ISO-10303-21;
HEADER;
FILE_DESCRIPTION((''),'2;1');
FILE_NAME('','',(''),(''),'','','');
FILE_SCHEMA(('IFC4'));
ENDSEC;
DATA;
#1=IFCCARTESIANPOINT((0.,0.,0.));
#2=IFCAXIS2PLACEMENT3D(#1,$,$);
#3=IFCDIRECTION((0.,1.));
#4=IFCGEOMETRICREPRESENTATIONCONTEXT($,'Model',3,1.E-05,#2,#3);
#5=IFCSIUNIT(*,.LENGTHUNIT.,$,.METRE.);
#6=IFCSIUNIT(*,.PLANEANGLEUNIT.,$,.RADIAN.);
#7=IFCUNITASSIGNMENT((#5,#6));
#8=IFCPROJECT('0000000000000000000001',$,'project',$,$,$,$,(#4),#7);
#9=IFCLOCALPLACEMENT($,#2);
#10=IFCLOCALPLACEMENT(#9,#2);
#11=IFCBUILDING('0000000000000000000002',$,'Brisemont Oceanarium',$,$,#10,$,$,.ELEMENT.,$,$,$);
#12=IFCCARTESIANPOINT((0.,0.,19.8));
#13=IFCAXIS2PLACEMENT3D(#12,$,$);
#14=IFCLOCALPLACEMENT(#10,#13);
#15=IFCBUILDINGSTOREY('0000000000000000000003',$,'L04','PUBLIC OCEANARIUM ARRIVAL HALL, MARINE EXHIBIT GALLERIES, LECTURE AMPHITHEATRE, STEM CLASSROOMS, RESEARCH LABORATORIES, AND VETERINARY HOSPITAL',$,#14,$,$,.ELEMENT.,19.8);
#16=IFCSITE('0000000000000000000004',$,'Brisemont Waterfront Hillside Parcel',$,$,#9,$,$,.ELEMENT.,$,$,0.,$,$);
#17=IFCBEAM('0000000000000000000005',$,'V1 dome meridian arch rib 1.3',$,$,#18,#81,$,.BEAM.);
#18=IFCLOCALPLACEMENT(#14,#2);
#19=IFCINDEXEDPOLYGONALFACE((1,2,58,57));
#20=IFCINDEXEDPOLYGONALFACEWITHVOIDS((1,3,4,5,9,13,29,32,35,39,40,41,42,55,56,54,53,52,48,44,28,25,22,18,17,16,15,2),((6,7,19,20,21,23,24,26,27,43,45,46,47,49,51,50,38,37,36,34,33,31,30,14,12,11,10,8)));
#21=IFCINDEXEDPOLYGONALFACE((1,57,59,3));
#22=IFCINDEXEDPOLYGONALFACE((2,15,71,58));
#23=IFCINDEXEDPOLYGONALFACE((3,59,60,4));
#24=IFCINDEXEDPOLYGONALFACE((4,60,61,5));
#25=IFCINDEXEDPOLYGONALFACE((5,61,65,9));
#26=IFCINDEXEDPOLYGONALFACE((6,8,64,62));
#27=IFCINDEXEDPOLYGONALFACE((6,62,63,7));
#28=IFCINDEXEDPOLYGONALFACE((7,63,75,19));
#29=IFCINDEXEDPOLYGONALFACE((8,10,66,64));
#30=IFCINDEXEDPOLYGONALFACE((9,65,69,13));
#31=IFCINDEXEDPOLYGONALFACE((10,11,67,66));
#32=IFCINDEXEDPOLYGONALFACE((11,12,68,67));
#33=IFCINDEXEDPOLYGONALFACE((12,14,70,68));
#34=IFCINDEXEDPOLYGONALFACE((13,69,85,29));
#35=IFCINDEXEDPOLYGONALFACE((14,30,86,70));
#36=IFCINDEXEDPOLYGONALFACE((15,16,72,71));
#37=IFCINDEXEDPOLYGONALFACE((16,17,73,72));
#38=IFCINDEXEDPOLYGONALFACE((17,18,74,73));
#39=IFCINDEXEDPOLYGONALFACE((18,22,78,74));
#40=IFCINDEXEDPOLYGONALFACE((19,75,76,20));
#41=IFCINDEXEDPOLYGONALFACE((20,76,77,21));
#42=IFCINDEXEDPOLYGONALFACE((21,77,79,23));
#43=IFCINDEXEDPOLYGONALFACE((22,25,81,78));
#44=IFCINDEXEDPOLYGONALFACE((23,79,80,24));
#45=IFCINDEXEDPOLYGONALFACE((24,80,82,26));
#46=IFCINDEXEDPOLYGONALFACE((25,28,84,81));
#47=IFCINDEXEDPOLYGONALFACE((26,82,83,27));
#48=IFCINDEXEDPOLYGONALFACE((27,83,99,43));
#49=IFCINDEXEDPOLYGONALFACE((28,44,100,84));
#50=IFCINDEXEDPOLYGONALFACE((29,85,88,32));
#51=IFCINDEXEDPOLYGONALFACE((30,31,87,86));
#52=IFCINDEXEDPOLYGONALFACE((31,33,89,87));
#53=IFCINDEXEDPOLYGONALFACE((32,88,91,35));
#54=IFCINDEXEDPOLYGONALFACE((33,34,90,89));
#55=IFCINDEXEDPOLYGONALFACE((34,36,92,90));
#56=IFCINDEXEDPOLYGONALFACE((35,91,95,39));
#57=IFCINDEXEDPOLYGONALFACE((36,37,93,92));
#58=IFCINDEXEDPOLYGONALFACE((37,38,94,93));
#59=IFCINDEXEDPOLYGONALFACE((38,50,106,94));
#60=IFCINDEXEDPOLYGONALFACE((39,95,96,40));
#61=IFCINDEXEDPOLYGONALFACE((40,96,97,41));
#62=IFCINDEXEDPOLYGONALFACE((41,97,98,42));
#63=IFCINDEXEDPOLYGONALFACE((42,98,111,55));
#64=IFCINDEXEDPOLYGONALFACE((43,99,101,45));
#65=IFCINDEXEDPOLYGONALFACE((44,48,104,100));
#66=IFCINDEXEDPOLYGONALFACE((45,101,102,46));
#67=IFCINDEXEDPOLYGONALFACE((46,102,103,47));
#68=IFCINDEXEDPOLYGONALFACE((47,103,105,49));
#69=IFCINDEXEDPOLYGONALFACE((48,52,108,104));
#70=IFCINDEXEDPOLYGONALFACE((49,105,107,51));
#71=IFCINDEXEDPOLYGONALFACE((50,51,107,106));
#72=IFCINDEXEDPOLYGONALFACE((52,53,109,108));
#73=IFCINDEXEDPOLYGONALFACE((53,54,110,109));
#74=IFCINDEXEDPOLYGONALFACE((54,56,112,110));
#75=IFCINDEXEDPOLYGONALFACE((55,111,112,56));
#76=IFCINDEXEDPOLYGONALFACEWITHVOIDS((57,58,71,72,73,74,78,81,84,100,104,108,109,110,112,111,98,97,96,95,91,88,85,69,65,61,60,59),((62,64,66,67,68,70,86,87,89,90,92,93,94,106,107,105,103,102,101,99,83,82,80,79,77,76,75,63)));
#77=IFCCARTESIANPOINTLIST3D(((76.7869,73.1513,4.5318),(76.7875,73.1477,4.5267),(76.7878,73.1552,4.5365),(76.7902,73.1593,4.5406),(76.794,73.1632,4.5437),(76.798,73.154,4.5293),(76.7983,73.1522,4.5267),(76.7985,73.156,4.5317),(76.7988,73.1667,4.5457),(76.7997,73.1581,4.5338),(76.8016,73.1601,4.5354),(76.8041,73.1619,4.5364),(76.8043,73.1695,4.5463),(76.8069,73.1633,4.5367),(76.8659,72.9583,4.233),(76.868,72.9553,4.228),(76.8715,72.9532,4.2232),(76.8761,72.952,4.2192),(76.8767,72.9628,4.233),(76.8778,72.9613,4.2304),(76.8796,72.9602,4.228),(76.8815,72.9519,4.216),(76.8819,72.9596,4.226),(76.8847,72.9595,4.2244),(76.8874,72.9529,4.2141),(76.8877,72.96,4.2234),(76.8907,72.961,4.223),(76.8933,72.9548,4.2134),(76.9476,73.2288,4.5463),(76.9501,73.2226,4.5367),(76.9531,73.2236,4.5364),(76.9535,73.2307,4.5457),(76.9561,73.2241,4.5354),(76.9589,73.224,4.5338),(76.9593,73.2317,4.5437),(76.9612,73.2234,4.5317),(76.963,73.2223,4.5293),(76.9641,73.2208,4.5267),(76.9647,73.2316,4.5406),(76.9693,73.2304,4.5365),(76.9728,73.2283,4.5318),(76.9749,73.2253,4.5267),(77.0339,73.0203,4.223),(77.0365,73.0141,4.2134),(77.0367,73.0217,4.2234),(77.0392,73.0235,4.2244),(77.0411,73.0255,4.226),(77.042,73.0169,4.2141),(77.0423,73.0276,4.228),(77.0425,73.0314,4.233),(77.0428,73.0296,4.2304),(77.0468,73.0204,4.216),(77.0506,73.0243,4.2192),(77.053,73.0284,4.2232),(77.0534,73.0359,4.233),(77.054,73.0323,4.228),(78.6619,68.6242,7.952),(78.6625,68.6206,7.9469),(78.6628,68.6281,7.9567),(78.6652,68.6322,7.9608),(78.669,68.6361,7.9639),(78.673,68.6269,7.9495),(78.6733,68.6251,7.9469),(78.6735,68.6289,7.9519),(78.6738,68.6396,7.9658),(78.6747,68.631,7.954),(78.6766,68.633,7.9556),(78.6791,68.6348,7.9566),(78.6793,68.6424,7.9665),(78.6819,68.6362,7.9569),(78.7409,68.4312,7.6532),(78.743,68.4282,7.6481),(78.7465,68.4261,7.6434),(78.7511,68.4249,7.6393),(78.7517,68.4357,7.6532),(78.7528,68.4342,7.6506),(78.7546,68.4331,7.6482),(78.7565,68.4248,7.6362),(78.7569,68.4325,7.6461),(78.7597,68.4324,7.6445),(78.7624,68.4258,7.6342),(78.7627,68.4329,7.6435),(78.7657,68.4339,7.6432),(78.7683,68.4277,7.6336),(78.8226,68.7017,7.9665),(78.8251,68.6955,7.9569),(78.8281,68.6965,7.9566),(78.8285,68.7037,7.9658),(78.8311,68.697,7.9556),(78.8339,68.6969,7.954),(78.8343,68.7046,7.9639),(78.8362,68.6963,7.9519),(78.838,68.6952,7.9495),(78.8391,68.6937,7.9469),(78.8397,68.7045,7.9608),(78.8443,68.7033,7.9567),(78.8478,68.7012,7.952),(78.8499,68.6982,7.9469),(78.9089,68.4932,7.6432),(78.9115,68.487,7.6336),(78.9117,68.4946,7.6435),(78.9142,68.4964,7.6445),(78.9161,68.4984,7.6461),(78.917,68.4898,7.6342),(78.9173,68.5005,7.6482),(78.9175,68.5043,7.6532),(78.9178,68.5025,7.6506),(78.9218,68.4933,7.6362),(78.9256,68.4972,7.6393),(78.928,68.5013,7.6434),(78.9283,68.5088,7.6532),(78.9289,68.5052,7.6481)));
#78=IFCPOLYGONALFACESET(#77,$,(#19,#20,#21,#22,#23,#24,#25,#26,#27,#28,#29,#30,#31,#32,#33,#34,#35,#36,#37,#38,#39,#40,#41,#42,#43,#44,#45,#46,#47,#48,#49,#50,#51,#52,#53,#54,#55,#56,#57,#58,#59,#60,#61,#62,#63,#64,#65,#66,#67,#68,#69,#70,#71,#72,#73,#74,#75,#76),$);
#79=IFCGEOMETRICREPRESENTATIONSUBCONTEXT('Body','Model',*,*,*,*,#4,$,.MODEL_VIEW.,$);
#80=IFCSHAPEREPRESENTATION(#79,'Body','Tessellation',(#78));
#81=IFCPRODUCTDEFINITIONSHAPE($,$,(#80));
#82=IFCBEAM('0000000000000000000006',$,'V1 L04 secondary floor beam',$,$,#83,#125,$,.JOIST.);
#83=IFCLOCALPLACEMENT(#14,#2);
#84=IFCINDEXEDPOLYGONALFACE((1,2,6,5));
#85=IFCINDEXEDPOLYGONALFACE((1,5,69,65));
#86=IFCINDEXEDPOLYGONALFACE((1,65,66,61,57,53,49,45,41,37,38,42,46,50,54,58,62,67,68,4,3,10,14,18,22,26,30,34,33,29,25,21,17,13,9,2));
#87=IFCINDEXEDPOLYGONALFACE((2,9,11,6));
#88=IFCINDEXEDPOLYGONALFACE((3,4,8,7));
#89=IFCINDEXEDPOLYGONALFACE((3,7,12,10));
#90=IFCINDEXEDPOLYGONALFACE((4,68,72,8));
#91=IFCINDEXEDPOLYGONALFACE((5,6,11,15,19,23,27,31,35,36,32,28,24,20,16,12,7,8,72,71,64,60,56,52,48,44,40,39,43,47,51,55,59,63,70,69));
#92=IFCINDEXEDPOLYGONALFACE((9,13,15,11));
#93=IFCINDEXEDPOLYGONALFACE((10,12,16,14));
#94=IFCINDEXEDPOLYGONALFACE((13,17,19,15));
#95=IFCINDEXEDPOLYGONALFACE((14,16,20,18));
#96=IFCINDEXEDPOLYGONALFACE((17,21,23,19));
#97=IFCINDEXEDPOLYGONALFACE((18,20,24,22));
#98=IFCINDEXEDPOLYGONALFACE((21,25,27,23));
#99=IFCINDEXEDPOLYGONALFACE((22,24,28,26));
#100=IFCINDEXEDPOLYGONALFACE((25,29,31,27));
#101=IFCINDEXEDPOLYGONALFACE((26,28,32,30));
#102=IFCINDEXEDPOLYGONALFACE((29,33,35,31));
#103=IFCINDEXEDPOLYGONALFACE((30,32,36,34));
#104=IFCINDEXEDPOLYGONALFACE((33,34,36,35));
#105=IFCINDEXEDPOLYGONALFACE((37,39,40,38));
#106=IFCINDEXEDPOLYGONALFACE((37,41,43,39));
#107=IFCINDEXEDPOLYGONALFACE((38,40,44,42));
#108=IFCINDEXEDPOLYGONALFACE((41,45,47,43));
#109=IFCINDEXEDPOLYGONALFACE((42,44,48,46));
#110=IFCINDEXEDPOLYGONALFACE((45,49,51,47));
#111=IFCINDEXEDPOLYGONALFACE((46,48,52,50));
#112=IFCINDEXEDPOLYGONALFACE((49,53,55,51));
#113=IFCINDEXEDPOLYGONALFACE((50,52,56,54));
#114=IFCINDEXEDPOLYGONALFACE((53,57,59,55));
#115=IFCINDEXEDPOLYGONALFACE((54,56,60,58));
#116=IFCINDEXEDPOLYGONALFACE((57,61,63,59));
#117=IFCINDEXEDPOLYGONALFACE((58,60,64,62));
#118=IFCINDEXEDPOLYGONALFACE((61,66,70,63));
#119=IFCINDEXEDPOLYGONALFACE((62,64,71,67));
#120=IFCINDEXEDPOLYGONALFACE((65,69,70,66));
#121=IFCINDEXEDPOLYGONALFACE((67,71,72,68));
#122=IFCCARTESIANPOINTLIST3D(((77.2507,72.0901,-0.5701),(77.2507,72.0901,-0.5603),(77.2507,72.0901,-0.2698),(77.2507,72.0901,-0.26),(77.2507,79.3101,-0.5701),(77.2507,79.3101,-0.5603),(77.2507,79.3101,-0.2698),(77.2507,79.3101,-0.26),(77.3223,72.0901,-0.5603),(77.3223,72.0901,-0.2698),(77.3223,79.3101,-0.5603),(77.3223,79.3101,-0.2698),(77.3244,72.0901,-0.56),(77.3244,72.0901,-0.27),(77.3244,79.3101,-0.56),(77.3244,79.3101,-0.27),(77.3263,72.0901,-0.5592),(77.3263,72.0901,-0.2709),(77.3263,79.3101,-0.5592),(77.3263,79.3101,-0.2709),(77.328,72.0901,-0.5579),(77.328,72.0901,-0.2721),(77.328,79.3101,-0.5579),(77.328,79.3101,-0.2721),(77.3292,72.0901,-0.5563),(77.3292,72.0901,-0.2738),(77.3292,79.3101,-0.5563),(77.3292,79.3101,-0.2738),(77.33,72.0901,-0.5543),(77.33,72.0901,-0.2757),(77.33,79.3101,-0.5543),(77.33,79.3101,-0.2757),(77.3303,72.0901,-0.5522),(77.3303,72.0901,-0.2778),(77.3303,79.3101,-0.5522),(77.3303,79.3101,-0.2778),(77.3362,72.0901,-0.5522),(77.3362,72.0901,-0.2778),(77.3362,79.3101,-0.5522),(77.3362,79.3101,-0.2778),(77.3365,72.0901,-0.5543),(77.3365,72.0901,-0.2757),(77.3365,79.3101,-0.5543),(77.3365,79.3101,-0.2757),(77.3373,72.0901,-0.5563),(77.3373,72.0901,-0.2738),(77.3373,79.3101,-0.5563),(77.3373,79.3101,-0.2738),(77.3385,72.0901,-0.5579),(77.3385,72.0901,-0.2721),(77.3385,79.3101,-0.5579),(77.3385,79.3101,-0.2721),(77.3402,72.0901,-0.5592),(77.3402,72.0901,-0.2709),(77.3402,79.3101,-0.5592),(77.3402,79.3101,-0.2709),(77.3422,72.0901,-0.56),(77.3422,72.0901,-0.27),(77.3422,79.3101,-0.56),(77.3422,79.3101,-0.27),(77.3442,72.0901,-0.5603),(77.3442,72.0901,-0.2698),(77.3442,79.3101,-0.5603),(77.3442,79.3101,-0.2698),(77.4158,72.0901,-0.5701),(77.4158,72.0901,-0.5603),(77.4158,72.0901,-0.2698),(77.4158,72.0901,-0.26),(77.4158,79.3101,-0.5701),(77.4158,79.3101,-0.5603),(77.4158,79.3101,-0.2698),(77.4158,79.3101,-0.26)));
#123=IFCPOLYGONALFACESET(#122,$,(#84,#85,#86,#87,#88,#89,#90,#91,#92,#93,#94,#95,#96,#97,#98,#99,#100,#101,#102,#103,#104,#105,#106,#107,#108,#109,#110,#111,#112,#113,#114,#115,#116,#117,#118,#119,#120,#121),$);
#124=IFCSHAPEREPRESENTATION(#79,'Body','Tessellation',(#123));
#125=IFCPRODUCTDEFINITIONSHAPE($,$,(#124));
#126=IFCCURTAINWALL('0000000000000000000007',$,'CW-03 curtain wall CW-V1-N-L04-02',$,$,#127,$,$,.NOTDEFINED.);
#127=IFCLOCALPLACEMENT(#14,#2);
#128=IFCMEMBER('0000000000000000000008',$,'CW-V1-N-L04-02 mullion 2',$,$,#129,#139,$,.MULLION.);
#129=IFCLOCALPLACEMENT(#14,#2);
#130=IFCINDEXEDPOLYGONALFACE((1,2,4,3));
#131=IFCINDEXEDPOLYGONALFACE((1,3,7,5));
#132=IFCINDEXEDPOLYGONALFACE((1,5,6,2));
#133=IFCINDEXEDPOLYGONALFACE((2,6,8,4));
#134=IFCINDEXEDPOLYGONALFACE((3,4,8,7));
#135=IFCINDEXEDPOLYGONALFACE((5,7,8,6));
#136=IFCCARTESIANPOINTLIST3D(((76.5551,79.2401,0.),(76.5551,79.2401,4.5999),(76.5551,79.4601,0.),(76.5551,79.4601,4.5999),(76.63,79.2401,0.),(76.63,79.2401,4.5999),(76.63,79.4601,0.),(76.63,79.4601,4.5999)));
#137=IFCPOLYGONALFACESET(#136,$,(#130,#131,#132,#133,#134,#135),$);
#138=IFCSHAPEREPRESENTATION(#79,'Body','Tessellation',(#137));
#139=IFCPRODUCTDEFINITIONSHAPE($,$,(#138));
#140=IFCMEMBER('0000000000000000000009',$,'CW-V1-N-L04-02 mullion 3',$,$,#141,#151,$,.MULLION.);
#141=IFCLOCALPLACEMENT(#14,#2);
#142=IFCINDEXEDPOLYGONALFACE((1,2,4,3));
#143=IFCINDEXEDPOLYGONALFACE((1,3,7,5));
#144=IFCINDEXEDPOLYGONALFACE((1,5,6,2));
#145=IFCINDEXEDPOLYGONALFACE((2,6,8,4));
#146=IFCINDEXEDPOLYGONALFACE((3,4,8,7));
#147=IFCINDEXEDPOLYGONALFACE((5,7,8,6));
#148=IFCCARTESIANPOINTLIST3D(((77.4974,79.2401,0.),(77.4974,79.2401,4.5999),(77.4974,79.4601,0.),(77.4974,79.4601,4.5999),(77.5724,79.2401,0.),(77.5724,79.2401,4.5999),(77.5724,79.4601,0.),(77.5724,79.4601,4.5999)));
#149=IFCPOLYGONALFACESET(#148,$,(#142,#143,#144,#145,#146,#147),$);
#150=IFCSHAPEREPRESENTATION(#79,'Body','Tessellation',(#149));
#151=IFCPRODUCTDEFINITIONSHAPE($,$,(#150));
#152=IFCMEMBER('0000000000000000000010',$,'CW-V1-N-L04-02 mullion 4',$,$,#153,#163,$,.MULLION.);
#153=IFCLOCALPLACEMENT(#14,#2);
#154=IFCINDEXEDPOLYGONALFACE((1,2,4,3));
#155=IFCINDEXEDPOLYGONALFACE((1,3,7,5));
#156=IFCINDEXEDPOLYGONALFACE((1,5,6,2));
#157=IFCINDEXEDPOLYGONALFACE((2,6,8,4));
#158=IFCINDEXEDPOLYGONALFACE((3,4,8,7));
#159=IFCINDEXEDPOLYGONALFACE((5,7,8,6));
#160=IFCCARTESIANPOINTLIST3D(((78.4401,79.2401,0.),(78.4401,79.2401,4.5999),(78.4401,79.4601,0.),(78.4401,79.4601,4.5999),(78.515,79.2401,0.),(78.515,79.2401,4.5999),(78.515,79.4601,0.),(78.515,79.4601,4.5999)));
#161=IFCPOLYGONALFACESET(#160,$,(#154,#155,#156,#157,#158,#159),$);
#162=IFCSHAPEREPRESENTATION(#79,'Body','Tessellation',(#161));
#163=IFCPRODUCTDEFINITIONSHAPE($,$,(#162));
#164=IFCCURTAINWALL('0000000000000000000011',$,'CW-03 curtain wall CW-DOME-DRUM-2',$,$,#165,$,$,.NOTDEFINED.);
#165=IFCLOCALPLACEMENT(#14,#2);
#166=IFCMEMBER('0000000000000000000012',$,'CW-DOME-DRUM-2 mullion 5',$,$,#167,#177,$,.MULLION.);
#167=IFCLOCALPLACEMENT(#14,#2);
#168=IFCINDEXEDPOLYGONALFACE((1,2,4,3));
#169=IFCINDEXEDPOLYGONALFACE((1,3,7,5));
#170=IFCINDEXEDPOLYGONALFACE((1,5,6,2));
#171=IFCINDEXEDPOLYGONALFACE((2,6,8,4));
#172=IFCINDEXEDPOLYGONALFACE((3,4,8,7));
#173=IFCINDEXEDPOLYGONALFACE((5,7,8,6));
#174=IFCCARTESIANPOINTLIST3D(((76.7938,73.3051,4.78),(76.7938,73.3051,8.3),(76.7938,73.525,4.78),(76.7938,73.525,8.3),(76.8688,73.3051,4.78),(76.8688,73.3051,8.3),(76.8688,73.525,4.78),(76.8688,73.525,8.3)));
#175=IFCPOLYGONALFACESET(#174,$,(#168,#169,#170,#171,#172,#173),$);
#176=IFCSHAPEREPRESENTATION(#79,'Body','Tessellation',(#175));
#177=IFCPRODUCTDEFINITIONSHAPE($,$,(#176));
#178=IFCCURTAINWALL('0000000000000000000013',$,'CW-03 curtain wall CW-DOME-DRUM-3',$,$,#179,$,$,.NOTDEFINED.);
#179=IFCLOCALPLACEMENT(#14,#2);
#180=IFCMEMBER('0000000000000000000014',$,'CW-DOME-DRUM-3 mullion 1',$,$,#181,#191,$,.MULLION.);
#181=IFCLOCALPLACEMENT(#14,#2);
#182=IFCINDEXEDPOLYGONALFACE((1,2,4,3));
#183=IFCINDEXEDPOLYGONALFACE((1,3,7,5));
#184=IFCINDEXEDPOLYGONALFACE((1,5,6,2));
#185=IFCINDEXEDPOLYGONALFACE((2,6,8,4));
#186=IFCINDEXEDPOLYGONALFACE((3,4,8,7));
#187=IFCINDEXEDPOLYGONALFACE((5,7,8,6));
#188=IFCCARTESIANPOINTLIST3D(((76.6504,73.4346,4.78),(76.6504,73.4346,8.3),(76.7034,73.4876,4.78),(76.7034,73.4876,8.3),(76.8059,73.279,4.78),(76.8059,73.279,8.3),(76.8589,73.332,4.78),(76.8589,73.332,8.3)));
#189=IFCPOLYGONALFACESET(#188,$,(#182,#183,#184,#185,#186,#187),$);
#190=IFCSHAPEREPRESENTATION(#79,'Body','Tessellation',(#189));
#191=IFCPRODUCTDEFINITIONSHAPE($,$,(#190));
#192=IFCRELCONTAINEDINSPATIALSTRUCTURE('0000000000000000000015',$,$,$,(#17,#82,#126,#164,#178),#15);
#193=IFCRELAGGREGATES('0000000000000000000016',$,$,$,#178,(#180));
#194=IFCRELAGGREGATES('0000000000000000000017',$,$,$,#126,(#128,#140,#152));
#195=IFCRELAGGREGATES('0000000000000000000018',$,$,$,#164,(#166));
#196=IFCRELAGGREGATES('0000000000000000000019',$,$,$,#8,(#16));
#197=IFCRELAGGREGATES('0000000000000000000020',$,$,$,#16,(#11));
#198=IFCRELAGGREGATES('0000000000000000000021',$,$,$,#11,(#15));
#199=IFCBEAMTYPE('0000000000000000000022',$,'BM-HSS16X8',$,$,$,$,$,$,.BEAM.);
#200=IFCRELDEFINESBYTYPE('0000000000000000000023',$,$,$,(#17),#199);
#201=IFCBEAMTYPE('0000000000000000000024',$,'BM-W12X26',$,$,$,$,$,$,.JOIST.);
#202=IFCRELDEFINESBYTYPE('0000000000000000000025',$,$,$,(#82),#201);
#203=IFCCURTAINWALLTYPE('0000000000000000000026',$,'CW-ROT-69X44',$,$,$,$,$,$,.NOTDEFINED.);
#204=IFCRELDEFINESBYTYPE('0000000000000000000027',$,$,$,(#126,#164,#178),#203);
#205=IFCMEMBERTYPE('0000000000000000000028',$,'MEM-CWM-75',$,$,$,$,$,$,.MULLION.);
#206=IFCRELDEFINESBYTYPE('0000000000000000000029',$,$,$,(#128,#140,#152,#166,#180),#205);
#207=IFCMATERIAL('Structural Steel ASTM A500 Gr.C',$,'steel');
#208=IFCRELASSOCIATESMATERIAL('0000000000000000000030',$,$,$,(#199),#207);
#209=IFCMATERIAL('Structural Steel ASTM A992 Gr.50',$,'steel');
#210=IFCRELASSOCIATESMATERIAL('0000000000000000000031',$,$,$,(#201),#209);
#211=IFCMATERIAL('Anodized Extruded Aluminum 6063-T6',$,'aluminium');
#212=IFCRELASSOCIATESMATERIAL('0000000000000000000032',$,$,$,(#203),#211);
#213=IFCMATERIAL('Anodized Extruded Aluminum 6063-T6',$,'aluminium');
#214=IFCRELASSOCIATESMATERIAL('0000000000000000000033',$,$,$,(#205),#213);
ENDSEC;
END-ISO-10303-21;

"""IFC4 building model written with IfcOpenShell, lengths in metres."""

from ifc_helpers import new_model, si_unit, direction, frame, origin, origin_2d, place, context, subcontext, project, spatial, rectangle, hollow_rectangle, i_section, extrude, material, material_profile, profile_set, type_object, element, aggregate, save


model = new_model("IFC4")

# Units and contexts
model_context = context("Model", 3, precision=1e-05, world=origin(), true_north=direction((0.0, 1.0)))
body_context = subcontext(model_context, "Body", "Model", "MODEL_VIEW")
ifc_project = project(units=[si_unit("LENGTHUNIT", "METRE"), si_unit("PLANEANGLEUNIT", "RADIAN")], contexts=[model_context])

# Site, building, storey
site_placement = place(None, origin())
site = spatial("IfcSite", under=ifc_project, at=site_placement, Name="Brisemont Waterfront Hillside Parcel", CompositionType="ELEMENT", RefElevation=0.0)
building_placement = place(site_placement, origin())
building = spatial("IfcBuilding", under=site, at=building_placement, Name="Brisemont Oceanarium", CompositionType="ELEMENT")
storey_placement = place(building_placement, frame((0.0, 0.0, 19.8)))
storey = spatial("IfcBuildingStorey", under=building, at=storey_placement, Name="L04", Description="PUBLIC OCEANARIUM ARRIVAL HALL, MARINE EXHIBIT GALLERIES, LECTURE AMPHITHEATRE, STEM CLASSROOMS, RESEARCH LABORATORIES, AND VETERINARY HOSPITAL", CompositionType="ELEMENT", Elevation=19.8)

# Beams
ifc_material_1 = material(Name="Structural Steel ASTM A500 Gr.C", Category="steel")
ifc_material_profile_1 = material_profile(ifc_material_1, hollow_rectangle(XDim=0.2029, YDim=0.406, WallThickness=0.0117, InnerFilletRadius=0.0122, OuterFilletRadius=0.0239, at=origin_2d()), Name="HSS16X8X1/2")
ifc_profile_set_1 = profile_set([ifc_material_profile_1], Name="Structural Steel ASTM A500 Gr.C")
beam_type_1 = type_object("IfcBeamType", Name="BM-HSS16X8", PredefinedType="BEAM", material=ifc_profile_set_1)
beam_1_placement = place(storey_placement, frame((76.9204, 73.0918, 4.3799), z_axis=(0.313776, -0.757598, 0.572355), x_axis=(0.923893, 0.382651, 0.0)))
element("IfcBeam", 1, at=beam_1_placement, inside=storey, type_object=beam_type_1, Name="V1 dome meridian arch rib 1.3", PredefinedType="BEAM", context=body_context, shape_type="SweptSolid", body=[
    extrude(hollow_rectangle(XDim=0.2029, YDim=0.406, WallThickness=0.0117, InnerFilletRadius=0.0122, OuterFilletRadius=0.0239, at=origin_2d()), origin(), (0.0, 0.0, 1.0), 5.9756),
])
ifc_material_2 = material(Name="Structural Steel ASTM A992 Gr.50", Category="steel")
ifc_material_profile_2 = material_profile(ifc_material_2, i_section(OverallWidth=0.165, OverallDepth=0.3101, WebThickness=0.0059, FlangeThickness=0.0098, FilletRadius=0.0081, at=origin_2d()), Name="W12X26")
ifc_profile_set_2 = profile_set([ifc_material_profile_2], Name="Structural Steel ASTM A992 Gr.50")
beam_type_2 = type_object("IfcBeamType", Name="BM-W12X26", PredefinedType="JOIST", material=ifc_profile_set_2)
beam_2_placement = place(storey_placement, frame((77.3333, 72.0901, -0.415), z_axis=(0.0, 1.0, 0.0), x_axis=(-1.0, 0.0, 0.0)))
element("IfcBeam", 2, at=beam_2_placement, inside=storey, type_object=beam_type_2, Name="V1 L04 secondary floor beam", PredefinedType="JOIST", context=body_context, shape_type="SweptSolid", body=[
    extrude(i_section(OverallWidth=0.165, OverallDepth=0.3101, WebThickness=0.0059, FlangeThickness=0.0098, FilletRadius=0.0081, at=origin_2d()), origin(), (0.0, 0.0, 1.0), 7.22),
])

# Curtain wall, members
ifc_material_3 = material(Name="Anodized Extruded Aluminum 6063-T6", Category="aluminium")
curtain_wall_type = type_object("IfcCurtainWallType", Name="CW-ROT-69X44", PredefinedType="NOTDEFINED", material=ifc_material_3)
curtain_wall_1_placement = place(storey_placement, origin())
curtain_wall_1 = element("IfcCurtainWall", 3, at=curtain_wall_1_placement, inside=storey, type_object=curtain_wall_type, Name="CW-03 curtain wall CW-V1-N-L04-02", PredefinedType="NOTDEFINED")
ifc_material_4 = material(Name="Anodized Extruded Aluminum 6063-T6", Category="aluminium")
ifc_material_profile_3 = material_profile(ifc_material_4, rectangle(XDim=0.075, YDim=0.22, at=origin_2d()), Name="CWM-75X220")
ifc_profile_set_3 = profile_set([ifc_material_profile_3], Name="Anodized Extruded Aluminum 6063-T6")
member_type_1 = type_object("IfcMemberType", Name="MEM-CWM-75", PredefinedType="MULLION", material=ifc_profile_set_3)
member_1_placement = place(storey_placement, frame((76.5925, 79.3501, 0.0), z_axis=(0.0, 0.0, 1.0), x_axis=(1.0, 0.0, 0.0)))
member_1 = element("IfcMember", 4, at=member_1_placement, type_object=member_type_1, Name="CW-V1-N-L04-02 mullion 2", PredefinedType="MULLION", context=body_context, shape_type="SweptSolid", body=[
    extrude(rectangle(XDim=0.075, YDim=0.22, at=origin_2d()), origin(), (0.0, 0.0, 1.0), 4.5999),
])
member_2_placement = place(storey_placement, frame((77.5349, 79.3501, 0.0), z_axis=(0.0, 0.0, 1.0), x_axis=(1.0, 0.0, 0.0)))
member_2 = element("IfcMember", 5, at=member_2_placement, type_object=member_type_1, Name="CW-V1-N-L04-02 mullion 3", PredefinedType="MULLION", context=body_context, shape_type="SweptSolid", body=[
    extrude(rectangle(XDim=0.075, YDim=0.22, at=origin_2d()), origin(), (0.0, 0.0, 1.0), 4.5999),
])
member_3_placement = place(storey_placement, frame((78.4775, 79.3501, 0.0), z_axis=(0.0, 0.0, 1.0), x_axis=(1.0, 0.0, 0.0)))
member_3 = element("IfcMember", 6, at=member_3_placement, type_object=member_type_1, Name="CW-V1-N-L04-02 mullion 4", PredefinedType="MULLION", context=body_context, shape_type="SweptSolid", body=[
    extrude(rectangle(XDim=0.075, YDim=0.22, at=origin_2d()), origin(), (0.0, 0.0, 1.0), 4.5999),
])

# Curtain walls, members
curtain_wall_2_placement = place(storey_placement, origin())
curtain_wall_2 = element("IfcCurtainWall", 7, at=curtain_wall_2_placement, inside=storey, type_object=curtain_wall_type, Name="CW-03 curtain wall CW-DOME-DRUM-2", PredefinedType="NOTDEFINED")
member_4_placement = place(storey_placement, frame((76.8313, 73.415, 4.78), z_axis=(0.0, 0.0, 1.0), x_axis=(-1.0, 0.0, 0.0)))
member_4 = element("IfcMember", 8, at=member_4_placement, type_object=member_type_1, Name="CW-DOME-DRUM-2 mullion 5", PredefinedType="MULLION", context=body_context, shape_type="SweptSolid", body=[
    extrude(rectangle(XDim=0.075, YDim=0.22, at=origin_2d()), origin(), (0.0, 0.0, 1.0), 3.52),
])
curtain_wall_3_placement = place(storey_placement, origin())
curtain_wall_3 = element("IfcCurtainWall", 9, at=curtain_wall_3_placement, inside=storey, type_object=curtain_wall_type, Name="CW-03 curtain wall CW-DOME-DRUM-3", PredefinedType="NOTDEFINED")
member_5_placement = place(storey_placement, frame((76.7546, 73.3833, 4.78), z_axis=(0.0, 0.0, 1.0), x_axis=(-0.707107, -0.707107, 0.0)))
member_5 = element("IfcMember", 10, at=member_5_placement, type_object=member_type_1, Name="CW-DOME-DRUM-3 mullion 1", PredefinedType="MULLION", context=body_context, shape_type="SweptSolid", body=[
    extrude(rectangle(XDim=0.075, YDim=0.22, at=origin_2d()), origin(), (0.0, 0.0, 1.0), 3.52),
])

aggregate(curtain_wall_3, [member_5])

aggregate(curtain_wall_1, [member_1, member_2, member_3])
aggregate(curtain_wall_2, [member_4])

save(model, "model.ifc")
